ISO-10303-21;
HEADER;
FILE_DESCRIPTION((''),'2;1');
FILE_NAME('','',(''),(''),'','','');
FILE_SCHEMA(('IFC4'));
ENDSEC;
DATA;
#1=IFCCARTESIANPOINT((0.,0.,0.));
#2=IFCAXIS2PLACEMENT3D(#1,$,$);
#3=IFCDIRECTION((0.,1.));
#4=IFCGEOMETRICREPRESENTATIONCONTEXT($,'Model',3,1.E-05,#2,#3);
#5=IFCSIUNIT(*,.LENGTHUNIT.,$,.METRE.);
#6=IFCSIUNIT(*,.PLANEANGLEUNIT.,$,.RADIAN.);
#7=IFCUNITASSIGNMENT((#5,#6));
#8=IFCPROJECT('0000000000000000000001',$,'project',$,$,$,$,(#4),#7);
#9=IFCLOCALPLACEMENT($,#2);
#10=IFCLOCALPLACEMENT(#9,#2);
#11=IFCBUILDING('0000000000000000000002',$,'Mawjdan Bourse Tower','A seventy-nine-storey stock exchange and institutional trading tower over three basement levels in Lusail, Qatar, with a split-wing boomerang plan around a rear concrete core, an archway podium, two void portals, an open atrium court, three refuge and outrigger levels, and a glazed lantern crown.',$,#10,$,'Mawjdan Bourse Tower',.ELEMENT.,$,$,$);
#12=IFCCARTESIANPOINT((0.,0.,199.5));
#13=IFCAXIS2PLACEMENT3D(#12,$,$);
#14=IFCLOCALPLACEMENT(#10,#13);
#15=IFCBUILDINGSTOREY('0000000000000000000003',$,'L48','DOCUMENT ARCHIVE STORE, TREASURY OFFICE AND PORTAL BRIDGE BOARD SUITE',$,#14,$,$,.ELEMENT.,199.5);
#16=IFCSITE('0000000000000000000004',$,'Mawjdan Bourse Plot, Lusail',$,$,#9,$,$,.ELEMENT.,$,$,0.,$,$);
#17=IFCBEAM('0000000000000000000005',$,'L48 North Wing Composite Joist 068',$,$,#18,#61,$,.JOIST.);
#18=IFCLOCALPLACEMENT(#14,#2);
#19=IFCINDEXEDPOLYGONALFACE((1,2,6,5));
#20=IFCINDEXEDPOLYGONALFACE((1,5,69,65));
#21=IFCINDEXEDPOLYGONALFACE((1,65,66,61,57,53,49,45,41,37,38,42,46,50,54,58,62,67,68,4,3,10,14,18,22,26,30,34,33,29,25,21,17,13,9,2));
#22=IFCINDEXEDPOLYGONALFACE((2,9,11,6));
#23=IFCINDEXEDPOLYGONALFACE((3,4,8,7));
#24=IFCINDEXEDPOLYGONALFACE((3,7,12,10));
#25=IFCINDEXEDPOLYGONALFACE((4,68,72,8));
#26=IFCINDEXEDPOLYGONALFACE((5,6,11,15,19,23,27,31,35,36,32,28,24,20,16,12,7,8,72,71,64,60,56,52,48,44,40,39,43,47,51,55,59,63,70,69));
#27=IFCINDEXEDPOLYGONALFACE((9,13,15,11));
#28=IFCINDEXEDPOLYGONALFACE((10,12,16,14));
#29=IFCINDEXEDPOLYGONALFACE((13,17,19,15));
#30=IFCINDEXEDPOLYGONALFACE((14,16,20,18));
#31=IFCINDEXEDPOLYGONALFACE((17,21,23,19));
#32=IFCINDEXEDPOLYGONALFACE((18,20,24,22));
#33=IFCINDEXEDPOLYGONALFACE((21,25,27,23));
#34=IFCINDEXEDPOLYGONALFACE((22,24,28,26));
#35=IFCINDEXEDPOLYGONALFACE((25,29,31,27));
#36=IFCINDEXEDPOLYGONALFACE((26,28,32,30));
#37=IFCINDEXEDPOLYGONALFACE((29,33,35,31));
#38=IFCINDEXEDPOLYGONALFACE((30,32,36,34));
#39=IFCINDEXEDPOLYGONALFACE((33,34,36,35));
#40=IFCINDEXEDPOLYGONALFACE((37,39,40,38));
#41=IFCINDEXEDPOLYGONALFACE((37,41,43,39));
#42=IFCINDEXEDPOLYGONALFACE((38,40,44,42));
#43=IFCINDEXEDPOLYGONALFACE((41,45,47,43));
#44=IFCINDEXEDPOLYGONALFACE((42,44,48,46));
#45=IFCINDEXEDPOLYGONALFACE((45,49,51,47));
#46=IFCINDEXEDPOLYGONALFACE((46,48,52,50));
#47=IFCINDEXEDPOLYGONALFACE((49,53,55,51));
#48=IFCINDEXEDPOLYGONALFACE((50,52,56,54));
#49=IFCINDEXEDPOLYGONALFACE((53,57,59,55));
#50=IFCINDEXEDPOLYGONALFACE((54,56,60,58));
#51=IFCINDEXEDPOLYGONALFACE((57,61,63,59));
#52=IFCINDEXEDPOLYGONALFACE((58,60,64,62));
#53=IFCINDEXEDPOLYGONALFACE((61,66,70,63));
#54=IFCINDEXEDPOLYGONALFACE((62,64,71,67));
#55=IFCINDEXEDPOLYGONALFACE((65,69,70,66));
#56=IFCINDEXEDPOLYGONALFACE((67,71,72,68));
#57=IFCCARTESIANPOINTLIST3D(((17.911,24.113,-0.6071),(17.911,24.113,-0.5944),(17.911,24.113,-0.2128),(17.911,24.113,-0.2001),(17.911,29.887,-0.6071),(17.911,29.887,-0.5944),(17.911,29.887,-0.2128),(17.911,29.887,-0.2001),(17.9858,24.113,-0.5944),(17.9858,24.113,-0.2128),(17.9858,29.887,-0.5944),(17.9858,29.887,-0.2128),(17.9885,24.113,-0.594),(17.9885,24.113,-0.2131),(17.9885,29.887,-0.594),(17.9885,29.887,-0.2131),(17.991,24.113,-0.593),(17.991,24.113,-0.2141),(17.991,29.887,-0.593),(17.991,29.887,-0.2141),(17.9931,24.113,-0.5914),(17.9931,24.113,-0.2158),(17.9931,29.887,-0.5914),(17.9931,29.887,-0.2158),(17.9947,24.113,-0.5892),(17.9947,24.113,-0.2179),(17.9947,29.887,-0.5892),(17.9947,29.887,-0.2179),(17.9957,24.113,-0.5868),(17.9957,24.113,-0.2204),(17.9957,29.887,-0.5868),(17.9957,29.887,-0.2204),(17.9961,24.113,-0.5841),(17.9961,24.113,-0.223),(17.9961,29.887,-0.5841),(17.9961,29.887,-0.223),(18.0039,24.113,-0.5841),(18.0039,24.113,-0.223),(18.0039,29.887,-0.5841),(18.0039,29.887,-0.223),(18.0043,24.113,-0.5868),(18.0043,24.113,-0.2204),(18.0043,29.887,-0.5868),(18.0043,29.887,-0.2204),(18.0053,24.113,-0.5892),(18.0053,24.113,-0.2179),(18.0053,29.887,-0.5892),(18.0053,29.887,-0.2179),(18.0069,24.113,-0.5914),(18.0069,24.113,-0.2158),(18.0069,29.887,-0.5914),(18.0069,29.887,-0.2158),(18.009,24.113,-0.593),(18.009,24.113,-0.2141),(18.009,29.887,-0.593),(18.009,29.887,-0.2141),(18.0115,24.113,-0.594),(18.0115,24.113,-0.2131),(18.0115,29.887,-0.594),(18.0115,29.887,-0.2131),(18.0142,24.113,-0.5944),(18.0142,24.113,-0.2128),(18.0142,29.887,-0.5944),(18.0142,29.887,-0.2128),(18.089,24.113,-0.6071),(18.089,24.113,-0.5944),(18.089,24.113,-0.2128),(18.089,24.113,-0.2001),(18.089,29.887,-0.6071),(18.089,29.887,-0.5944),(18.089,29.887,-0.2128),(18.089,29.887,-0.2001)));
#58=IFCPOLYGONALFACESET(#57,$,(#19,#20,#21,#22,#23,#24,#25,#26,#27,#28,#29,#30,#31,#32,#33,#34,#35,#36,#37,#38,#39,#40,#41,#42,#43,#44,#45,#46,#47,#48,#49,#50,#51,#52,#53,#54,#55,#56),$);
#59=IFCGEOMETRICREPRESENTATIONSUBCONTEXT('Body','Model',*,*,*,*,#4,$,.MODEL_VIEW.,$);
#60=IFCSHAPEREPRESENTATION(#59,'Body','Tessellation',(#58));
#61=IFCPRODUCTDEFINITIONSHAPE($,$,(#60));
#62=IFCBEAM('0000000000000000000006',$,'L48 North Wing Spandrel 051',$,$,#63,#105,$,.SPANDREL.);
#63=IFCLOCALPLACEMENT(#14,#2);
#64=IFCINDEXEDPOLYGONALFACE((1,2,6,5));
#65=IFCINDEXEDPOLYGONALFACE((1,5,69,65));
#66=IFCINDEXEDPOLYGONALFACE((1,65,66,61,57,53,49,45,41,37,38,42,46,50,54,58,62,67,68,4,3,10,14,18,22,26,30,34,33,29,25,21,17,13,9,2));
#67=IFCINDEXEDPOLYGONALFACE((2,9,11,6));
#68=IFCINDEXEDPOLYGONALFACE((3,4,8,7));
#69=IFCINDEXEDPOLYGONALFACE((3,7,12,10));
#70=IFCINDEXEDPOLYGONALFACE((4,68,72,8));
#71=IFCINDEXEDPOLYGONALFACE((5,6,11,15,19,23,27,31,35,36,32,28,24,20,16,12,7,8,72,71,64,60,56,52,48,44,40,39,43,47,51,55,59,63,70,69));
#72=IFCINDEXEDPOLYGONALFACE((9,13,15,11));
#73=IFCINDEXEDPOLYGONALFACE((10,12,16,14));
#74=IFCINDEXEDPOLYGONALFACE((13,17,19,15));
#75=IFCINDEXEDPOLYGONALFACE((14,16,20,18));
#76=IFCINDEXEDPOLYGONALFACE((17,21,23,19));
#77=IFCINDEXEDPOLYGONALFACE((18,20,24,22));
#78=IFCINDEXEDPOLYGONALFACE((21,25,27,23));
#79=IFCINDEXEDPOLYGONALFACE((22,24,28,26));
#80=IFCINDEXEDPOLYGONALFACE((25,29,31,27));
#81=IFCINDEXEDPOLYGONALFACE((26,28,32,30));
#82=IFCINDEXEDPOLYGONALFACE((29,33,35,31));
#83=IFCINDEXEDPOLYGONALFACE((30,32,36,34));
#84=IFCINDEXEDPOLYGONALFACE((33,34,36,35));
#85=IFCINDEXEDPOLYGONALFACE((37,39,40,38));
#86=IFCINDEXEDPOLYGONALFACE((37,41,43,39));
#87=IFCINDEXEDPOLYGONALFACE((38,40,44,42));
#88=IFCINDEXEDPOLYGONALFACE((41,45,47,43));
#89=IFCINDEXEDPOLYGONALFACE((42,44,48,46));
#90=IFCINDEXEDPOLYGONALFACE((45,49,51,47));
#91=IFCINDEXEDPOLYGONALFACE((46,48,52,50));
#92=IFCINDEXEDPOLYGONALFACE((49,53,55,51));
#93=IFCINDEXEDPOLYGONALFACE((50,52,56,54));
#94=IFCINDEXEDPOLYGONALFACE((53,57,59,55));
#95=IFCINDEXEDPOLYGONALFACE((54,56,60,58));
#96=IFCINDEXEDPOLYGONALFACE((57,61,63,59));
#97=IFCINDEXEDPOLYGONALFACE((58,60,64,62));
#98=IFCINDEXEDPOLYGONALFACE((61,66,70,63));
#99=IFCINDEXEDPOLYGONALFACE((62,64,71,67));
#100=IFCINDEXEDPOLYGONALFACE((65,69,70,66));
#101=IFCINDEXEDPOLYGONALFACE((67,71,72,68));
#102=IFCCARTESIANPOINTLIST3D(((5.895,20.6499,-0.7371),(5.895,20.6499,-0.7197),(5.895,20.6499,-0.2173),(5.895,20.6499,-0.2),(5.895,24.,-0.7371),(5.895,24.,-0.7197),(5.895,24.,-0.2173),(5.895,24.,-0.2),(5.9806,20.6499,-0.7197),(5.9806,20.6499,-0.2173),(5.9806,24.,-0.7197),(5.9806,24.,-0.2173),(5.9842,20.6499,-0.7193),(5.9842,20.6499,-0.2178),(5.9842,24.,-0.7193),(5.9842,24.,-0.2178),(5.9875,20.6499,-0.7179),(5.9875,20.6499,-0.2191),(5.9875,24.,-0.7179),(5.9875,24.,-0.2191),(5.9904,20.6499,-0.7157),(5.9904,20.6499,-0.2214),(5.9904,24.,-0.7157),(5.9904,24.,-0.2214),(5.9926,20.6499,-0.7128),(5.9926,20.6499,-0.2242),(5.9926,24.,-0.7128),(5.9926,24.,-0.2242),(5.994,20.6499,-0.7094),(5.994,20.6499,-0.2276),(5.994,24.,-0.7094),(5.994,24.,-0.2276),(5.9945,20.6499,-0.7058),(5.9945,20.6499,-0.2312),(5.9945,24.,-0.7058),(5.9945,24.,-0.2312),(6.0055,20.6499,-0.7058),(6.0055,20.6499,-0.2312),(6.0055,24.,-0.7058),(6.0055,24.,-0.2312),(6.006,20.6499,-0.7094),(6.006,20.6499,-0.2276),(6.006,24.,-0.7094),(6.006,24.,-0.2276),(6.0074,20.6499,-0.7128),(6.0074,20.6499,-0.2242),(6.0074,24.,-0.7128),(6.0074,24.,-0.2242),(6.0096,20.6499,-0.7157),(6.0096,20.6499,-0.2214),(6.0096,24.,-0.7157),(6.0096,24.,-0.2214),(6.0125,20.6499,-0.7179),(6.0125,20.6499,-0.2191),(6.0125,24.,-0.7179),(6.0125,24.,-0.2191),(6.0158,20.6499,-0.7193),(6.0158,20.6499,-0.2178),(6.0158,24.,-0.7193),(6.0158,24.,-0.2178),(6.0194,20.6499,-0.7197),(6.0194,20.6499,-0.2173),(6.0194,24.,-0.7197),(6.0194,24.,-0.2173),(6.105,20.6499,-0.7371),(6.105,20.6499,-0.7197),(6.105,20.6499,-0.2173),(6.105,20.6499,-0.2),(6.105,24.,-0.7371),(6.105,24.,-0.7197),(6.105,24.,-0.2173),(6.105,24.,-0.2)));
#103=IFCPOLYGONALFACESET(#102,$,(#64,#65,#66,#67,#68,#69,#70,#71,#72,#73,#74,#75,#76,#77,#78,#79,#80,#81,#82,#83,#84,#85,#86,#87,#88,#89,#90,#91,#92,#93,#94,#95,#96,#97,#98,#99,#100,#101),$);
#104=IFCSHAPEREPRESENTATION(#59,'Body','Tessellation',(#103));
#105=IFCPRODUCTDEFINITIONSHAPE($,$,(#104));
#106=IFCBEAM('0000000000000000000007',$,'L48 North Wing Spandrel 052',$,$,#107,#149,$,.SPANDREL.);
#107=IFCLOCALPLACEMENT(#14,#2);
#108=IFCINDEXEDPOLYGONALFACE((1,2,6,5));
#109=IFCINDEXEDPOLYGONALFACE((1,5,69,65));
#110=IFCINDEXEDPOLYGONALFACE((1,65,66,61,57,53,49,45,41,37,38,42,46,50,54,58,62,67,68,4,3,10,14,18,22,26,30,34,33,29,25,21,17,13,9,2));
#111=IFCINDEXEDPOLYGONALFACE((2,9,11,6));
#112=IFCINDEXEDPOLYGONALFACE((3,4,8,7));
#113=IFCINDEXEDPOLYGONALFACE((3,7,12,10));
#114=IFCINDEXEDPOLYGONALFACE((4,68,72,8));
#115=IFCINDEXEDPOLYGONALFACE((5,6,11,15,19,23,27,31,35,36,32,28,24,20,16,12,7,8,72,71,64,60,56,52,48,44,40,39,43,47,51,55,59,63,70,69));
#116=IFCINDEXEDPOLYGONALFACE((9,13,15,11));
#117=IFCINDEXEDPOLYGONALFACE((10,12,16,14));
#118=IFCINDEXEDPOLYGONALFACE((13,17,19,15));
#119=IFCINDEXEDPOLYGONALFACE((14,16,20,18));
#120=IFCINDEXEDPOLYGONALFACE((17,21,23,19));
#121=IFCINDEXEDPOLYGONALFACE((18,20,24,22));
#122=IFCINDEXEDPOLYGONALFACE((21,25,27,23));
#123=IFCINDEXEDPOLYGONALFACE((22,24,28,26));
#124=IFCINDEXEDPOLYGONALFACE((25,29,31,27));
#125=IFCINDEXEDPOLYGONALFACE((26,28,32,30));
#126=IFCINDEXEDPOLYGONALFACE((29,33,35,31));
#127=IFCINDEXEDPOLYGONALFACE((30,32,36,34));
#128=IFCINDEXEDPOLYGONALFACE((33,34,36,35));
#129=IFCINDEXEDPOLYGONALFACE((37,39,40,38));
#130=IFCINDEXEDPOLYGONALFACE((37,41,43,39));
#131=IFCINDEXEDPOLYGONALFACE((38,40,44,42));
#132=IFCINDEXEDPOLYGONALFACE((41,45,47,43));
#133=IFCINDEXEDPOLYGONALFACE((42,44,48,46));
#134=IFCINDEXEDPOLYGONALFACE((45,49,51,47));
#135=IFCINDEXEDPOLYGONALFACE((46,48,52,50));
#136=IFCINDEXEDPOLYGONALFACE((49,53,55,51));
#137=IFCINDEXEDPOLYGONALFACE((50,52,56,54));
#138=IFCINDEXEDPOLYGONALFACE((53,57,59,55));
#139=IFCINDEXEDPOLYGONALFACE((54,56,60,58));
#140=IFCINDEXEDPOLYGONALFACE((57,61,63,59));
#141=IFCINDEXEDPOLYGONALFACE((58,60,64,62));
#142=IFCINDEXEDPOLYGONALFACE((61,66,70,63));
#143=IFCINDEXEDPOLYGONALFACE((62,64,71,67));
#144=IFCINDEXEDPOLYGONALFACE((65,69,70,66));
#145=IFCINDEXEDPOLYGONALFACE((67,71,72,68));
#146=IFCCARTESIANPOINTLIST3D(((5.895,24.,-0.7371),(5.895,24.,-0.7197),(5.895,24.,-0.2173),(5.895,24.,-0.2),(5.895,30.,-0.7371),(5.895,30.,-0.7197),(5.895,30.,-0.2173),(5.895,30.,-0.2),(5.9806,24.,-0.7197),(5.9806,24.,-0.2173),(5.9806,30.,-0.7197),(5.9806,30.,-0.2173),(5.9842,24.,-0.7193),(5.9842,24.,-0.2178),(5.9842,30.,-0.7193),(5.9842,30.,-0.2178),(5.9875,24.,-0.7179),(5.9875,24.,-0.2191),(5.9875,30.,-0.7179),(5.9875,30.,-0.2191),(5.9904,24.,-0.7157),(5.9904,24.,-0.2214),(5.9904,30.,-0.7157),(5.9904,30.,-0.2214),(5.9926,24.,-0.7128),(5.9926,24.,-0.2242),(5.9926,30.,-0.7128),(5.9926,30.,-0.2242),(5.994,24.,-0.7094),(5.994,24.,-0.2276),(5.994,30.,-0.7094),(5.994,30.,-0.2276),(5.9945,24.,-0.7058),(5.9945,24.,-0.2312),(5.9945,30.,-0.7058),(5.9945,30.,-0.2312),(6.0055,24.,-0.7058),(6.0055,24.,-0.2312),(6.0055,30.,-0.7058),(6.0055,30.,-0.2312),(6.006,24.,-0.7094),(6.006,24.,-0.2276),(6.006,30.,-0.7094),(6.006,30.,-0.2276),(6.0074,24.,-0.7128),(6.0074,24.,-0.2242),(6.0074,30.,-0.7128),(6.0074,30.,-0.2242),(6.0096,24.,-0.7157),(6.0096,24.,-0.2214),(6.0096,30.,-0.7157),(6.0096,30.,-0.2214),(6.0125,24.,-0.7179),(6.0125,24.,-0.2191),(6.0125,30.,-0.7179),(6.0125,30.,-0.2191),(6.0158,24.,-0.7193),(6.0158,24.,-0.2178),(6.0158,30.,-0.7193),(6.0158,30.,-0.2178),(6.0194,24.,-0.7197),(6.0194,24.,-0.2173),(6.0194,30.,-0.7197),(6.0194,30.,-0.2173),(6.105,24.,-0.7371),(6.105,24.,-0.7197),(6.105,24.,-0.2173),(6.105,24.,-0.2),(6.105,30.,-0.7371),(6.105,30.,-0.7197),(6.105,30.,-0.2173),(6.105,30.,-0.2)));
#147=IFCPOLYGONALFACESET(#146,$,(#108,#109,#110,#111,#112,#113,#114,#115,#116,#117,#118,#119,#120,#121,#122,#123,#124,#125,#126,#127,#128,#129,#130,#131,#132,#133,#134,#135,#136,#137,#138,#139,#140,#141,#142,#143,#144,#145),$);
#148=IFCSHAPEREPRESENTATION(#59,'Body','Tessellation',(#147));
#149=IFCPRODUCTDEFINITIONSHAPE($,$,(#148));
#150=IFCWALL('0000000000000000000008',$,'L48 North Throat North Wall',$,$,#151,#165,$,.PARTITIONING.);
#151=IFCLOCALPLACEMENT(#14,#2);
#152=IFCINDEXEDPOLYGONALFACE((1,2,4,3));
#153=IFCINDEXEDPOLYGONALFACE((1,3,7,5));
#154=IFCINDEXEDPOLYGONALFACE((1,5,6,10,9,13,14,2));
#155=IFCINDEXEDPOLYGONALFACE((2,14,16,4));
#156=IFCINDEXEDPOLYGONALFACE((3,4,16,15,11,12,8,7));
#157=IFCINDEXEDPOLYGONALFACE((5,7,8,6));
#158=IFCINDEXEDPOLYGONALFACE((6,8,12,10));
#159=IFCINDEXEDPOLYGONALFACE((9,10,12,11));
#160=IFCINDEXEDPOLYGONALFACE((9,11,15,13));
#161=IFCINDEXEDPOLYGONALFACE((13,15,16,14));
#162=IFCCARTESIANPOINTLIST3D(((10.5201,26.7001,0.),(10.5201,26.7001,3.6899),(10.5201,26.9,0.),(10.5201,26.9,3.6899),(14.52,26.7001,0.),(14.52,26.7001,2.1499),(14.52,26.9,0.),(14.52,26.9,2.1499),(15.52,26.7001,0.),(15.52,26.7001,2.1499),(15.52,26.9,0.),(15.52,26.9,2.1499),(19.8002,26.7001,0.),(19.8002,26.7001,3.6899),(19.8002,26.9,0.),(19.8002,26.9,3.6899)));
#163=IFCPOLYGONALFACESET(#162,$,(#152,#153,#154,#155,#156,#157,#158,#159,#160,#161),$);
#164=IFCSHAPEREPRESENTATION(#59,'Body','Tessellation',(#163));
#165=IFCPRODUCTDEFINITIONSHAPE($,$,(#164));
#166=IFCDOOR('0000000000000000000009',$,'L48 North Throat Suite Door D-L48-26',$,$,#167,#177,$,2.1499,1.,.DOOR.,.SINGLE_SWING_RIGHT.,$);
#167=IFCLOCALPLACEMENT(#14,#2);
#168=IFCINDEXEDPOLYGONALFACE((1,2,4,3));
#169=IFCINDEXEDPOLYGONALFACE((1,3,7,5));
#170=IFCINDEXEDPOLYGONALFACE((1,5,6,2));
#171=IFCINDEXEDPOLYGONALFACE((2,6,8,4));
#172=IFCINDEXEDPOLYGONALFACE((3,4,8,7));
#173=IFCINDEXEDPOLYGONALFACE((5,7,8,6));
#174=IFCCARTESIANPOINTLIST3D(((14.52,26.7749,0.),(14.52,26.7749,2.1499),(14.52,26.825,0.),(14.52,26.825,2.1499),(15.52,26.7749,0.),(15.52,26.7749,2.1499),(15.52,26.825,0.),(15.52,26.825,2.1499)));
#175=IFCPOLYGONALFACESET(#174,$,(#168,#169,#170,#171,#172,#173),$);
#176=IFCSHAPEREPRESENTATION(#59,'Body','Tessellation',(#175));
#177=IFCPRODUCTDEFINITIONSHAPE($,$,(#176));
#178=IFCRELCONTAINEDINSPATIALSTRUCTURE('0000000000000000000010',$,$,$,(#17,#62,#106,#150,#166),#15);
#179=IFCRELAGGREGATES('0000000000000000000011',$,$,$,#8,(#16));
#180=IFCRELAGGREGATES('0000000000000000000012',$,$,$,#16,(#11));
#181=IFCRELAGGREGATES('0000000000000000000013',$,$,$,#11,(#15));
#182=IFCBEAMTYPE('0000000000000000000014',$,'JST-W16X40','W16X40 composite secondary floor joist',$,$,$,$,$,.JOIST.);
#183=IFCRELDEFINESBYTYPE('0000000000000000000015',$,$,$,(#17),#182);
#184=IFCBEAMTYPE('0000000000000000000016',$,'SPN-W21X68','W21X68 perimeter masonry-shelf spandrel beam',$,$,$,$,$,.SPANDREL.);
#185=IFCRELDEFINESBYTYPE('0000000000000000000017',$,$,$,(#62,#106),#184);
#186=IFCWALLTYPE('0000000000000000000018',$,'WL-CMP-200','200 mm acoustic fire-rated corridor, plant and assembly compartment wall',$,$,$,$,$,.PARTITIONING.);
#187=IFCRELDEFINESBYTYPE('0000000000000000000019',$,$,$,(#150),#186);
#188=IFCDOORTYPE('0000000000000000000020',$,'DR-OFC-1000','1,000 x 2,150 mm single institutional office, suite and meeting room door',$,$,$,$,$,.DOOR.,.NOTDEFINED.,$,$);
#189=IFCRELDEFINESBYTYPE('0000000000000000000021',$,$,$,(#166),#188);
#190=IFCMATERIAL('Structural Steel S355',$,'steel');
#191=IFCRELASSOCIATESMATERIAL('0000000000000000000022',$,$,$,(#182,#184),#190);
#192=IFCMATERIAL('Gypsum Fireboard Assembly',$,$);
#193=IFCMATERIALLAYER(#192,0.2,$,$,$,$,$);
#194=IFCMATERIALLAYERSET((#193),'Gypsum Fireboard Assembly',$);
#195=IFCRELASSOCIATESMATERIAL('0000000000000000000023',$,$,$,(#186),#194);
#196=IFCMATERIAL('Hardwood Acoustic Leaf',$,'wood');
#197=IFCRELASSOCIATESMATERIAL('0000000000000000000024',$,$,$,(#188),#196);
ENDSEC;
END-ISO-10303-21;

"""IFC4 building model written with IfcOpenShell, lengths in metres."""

from ifc_helpers import new_model, si_unit, direction, frame, frame_2d, origin, origin_2d, place, context, subcontext, project, spatial, rectangle, i_section, extrude, material, layer, layer_set, material_profile, profile_set, type_object, element, fill, save


model = new_model("IFC4")

# Units and contexts
model_context = context("Model", 3, precision=1e-05, world=origin(), true_north=direction((0.0, 1.0)))
body_context = subcontext(model_context, "Body", "Model", "MODEL_VIEW")
ifc_project = project(units=[si_unit("LENGTHUNIT", "METRE"), si_unit("PLANEANGLEUNIT", "RADIAN")], contexts=[model_context])

# Site, building, storey
site_placement = place(None, origin())
site = spatial("IfcSite", under=ifc_project, at=site_placement, Name="Mawjdan Bourse Plot, Lusail", CompositionType="ELEMENT", RefElevation=0.0)
building_placement = place(site_placement, origin())
building = spatial("IfcBuilding", under=site, at=building_placement, Name="Mawjdan Bourse Tower", Description="A seventy-nine-storey stock exchange and institutional trading tower over three basement levels in Lusail, Qatar, with a split-wing boomerang plan around a rear concrete core, an archway podium, two void portals, an open atrium court, three refuge and outrigger levels, and a glazed lantern crown.", LongName="Mawjdan Bourse Tower", CompositionType="ELEMENT")
storey_placement = place(building_placement, frame((0.0, 0.0, 199.5)))
storey = spatial("IfcBuildingStorey", under=building, at=storey_placement, Name="L48", Description="DOCUMENT ARCHIVE STORE, TREASURY OFFICE AND PORTAL BRIDGE BOARD SUITE", CompositionType="ELEMENT", Elevation=199.5)

# Beams
ifc_material_1 = material(Name="Structural Steel S355", Category="steel")
ifc_material_profile_1 = material_profile(ifc_material_1, i_section(OverallWidth=0.178, OverallDepth=0.407, WebThickness=0.0078, FlangeThickness=0.0127, FilletRadius=0.0103, at=origin_2d()), Name="W16X40")
ifc_profile_set_1 = profile_set([ifc_material_profile_1], Name="Structural Steel S355")
beam_type_1 = type_object("IfcBeamType", Name="JST-W16X40", Description="W16X40 composite secondary floor joist", PredefinedType="JOIST", material=ifc_profile_set_1)
beam_1_placement = place(storey_placement, frame((18.0, 24.113, -0.4036), z_axis=(0.0, 1.0, 0.0), x_axis=(-1.0, 0.0, 0.0)))
element("IfcBeam", 1, at=beam_1_placement, inside=storey, type_object=beam_type_1, Name="L48 North Wing Composite Joist 068", PredefinedType="JOIST", context=body_context, shape_type="SweptSolid", body=[
    extrude(i_section(OverallWidth=0.178, OverallDepth=0.407, WebThickness=0.0078, FlangeThickness=0.0127, FilletRadius=0.0103, at=origin_2d()), origin(), (0.0, 0.0, 1.0), 5.7739),
])
ifc_material_profile_2 = material_profile(ifc_material_1, i_section(OverallWidth=0.21, OverallDepth=0.5371, WebThickness=0.011, FlangeThickness=0.0173, FilletRadius=0.0139, at=origin_2d()), Name="W21X68")
ifc_profile_set_2 = profile_set([ifc_material_profile_2], Name="Structural Steel S355")
beam_type_2 = type_object("IfcBeamType", Name="SPN-W21X68", Description="W21X68 perimeter masonry-shelf spandrel beam", PredefinedType="SPANDREL", material=ifc_profile_set_2)
beam_2_placement = place(storey_placement, frame((6.0, 20.6499, -0.4685), z_axis=(0.0, 1.0, 0.0), x_axis=(-1.0, 0.0, 0.0)))
element("IfcBeam", 2, at=beam_2_placement, inside=storey, type_object=beam_type_2, Name="L48 North Wing Spandrel 051", PredefinedType="SPANDREL", context=body_context, shape_type="SweptSolid", body=[
    extrude(i_section(OverallWidth=0.21, OverallDepth=0.5371, WebThickness=0.011, FlangeThickness=0.0173, FilletRadius=0.0139, at=origin_2d()), origin(), (0.0, 0.0, 1.0), 3.3501),
])
beam_3_placement = place(storey_placement, frame((6.0, 24.0, -0.4685), z_axis=(0.0, 1.0, 0.0), x_axis=(-1.0, 0.0, 0.0)))
element("IfcBeam", 3, at=beam_3_placement, inside=storey, type_object=beam_type_2, Name="L48 North Wing Spandrel 052", PredefinedType="SPANDREL", context=body_context, shape_type="SweptSolid", body=[
    extrude(i_section(OverallWidth=0.21, OverallDepth=0.5371, WebThickness=0.011, FlangeThickness=0.0173, FilletRadius=0.0139, at=origin_2d()), origin(), (0.0, 0.0, 1.0), 6.0),
])

# Wall, opening, door
ifc_material_2 = material(Name="Gypsum Fireboard Assembly")
ifc_layer_1 = layer(ifc_material_2, 0.2)
ifc_layer_set_1 = layer_set([ifc_layer_1], Name="Gypsum Fireboard Assembly")
wall_type_1 = type_object("IfcWallType", Name="WL-CMP-200", Description="200 mm acoustic fire-rated corridor, plant and assembly compartment wall", PredefinedType="PARTITIONING", material=ifc_layer_set_1)
wall_1_placement = place(storey_placement, frame((10.52, 26.8, 0.0), z_axis=(0.0, 0.0, 1.0), x_axis=(1.0, 0.0, 0.0)))
wall_1 = element("IfcWall", 4, at=wall_1_placement, inside=storey, type_object=wall_type_1, Name="L48 North Throat North Wall", PredefinedType="PARTITIONING", context=body_context, shape_type="SweptSolid", body=[
    extrude(rectangle(XDim=9.28, YDim=0.2, at=frame_2d((4.6401, 0.0))), origin(), (0.0, 0.0, 1.0), 3.6899),
])
opening_1_placement = place(wall_1_placement, frame((4.0, 0.0, 0.0)))
opening_1 = element("IfcOpeningElement", 5, at=opening_1_placement, cuts=wall_1, PredefinedType="OPENING", context=body_context, shape_type="SweptSolid", body=[
    extrude(rectangle(XDim=1.0, YDim=2.1499, at=frame_2d((0.5, 1.075))), frame((0.0, 0.1099, 0.0), z_axis=(0.0, -1.0, 0.0), x_axis=(1.0, 0.0, 0.0)), (0.0, 0.0, 1.0), 0.22),
])
ifc_material_3 = material(Name="Hardwood Acoustic Leaf", Category="wood")
door_type_1 = type_object("IfcDoorType", Name="DR-OFC-1000", Description="1,000 x 2,150 mm single institutional office, suite and meeting room door", OperationType="NOTDEFINED", PredefinedType="DOOR", material=ifc_material_3)
door_1_placement = place(opening_1_placement, origin())
door_1 = element("IfcDoor", 6, at=door_1_placement, inside=storey, type_object=door_type_1, Name="L48 North Throat Suite Door D-L48-26", OperationType="SINGLE_SWING_RIGHT", OverallHeight=2.1499, OverallWidth=1.0, PredefinedType="DOOR", context=body_context, shape_type="SweptSolid", body=[
    extrude(rectangle(XDim=1.0, YDim=2.1499, at=frame_2d((0.5, 1.075))), frame((0.0, 0.0249, 0.0), z_axis=(0.0, -1.0, 0.0), x_axis=(1.0, 0.0, 0.0)), (0.0, 0.0, 1.0), 0.05),
])
fill(opening_1, door_1)

save(model, "model.ifc")
